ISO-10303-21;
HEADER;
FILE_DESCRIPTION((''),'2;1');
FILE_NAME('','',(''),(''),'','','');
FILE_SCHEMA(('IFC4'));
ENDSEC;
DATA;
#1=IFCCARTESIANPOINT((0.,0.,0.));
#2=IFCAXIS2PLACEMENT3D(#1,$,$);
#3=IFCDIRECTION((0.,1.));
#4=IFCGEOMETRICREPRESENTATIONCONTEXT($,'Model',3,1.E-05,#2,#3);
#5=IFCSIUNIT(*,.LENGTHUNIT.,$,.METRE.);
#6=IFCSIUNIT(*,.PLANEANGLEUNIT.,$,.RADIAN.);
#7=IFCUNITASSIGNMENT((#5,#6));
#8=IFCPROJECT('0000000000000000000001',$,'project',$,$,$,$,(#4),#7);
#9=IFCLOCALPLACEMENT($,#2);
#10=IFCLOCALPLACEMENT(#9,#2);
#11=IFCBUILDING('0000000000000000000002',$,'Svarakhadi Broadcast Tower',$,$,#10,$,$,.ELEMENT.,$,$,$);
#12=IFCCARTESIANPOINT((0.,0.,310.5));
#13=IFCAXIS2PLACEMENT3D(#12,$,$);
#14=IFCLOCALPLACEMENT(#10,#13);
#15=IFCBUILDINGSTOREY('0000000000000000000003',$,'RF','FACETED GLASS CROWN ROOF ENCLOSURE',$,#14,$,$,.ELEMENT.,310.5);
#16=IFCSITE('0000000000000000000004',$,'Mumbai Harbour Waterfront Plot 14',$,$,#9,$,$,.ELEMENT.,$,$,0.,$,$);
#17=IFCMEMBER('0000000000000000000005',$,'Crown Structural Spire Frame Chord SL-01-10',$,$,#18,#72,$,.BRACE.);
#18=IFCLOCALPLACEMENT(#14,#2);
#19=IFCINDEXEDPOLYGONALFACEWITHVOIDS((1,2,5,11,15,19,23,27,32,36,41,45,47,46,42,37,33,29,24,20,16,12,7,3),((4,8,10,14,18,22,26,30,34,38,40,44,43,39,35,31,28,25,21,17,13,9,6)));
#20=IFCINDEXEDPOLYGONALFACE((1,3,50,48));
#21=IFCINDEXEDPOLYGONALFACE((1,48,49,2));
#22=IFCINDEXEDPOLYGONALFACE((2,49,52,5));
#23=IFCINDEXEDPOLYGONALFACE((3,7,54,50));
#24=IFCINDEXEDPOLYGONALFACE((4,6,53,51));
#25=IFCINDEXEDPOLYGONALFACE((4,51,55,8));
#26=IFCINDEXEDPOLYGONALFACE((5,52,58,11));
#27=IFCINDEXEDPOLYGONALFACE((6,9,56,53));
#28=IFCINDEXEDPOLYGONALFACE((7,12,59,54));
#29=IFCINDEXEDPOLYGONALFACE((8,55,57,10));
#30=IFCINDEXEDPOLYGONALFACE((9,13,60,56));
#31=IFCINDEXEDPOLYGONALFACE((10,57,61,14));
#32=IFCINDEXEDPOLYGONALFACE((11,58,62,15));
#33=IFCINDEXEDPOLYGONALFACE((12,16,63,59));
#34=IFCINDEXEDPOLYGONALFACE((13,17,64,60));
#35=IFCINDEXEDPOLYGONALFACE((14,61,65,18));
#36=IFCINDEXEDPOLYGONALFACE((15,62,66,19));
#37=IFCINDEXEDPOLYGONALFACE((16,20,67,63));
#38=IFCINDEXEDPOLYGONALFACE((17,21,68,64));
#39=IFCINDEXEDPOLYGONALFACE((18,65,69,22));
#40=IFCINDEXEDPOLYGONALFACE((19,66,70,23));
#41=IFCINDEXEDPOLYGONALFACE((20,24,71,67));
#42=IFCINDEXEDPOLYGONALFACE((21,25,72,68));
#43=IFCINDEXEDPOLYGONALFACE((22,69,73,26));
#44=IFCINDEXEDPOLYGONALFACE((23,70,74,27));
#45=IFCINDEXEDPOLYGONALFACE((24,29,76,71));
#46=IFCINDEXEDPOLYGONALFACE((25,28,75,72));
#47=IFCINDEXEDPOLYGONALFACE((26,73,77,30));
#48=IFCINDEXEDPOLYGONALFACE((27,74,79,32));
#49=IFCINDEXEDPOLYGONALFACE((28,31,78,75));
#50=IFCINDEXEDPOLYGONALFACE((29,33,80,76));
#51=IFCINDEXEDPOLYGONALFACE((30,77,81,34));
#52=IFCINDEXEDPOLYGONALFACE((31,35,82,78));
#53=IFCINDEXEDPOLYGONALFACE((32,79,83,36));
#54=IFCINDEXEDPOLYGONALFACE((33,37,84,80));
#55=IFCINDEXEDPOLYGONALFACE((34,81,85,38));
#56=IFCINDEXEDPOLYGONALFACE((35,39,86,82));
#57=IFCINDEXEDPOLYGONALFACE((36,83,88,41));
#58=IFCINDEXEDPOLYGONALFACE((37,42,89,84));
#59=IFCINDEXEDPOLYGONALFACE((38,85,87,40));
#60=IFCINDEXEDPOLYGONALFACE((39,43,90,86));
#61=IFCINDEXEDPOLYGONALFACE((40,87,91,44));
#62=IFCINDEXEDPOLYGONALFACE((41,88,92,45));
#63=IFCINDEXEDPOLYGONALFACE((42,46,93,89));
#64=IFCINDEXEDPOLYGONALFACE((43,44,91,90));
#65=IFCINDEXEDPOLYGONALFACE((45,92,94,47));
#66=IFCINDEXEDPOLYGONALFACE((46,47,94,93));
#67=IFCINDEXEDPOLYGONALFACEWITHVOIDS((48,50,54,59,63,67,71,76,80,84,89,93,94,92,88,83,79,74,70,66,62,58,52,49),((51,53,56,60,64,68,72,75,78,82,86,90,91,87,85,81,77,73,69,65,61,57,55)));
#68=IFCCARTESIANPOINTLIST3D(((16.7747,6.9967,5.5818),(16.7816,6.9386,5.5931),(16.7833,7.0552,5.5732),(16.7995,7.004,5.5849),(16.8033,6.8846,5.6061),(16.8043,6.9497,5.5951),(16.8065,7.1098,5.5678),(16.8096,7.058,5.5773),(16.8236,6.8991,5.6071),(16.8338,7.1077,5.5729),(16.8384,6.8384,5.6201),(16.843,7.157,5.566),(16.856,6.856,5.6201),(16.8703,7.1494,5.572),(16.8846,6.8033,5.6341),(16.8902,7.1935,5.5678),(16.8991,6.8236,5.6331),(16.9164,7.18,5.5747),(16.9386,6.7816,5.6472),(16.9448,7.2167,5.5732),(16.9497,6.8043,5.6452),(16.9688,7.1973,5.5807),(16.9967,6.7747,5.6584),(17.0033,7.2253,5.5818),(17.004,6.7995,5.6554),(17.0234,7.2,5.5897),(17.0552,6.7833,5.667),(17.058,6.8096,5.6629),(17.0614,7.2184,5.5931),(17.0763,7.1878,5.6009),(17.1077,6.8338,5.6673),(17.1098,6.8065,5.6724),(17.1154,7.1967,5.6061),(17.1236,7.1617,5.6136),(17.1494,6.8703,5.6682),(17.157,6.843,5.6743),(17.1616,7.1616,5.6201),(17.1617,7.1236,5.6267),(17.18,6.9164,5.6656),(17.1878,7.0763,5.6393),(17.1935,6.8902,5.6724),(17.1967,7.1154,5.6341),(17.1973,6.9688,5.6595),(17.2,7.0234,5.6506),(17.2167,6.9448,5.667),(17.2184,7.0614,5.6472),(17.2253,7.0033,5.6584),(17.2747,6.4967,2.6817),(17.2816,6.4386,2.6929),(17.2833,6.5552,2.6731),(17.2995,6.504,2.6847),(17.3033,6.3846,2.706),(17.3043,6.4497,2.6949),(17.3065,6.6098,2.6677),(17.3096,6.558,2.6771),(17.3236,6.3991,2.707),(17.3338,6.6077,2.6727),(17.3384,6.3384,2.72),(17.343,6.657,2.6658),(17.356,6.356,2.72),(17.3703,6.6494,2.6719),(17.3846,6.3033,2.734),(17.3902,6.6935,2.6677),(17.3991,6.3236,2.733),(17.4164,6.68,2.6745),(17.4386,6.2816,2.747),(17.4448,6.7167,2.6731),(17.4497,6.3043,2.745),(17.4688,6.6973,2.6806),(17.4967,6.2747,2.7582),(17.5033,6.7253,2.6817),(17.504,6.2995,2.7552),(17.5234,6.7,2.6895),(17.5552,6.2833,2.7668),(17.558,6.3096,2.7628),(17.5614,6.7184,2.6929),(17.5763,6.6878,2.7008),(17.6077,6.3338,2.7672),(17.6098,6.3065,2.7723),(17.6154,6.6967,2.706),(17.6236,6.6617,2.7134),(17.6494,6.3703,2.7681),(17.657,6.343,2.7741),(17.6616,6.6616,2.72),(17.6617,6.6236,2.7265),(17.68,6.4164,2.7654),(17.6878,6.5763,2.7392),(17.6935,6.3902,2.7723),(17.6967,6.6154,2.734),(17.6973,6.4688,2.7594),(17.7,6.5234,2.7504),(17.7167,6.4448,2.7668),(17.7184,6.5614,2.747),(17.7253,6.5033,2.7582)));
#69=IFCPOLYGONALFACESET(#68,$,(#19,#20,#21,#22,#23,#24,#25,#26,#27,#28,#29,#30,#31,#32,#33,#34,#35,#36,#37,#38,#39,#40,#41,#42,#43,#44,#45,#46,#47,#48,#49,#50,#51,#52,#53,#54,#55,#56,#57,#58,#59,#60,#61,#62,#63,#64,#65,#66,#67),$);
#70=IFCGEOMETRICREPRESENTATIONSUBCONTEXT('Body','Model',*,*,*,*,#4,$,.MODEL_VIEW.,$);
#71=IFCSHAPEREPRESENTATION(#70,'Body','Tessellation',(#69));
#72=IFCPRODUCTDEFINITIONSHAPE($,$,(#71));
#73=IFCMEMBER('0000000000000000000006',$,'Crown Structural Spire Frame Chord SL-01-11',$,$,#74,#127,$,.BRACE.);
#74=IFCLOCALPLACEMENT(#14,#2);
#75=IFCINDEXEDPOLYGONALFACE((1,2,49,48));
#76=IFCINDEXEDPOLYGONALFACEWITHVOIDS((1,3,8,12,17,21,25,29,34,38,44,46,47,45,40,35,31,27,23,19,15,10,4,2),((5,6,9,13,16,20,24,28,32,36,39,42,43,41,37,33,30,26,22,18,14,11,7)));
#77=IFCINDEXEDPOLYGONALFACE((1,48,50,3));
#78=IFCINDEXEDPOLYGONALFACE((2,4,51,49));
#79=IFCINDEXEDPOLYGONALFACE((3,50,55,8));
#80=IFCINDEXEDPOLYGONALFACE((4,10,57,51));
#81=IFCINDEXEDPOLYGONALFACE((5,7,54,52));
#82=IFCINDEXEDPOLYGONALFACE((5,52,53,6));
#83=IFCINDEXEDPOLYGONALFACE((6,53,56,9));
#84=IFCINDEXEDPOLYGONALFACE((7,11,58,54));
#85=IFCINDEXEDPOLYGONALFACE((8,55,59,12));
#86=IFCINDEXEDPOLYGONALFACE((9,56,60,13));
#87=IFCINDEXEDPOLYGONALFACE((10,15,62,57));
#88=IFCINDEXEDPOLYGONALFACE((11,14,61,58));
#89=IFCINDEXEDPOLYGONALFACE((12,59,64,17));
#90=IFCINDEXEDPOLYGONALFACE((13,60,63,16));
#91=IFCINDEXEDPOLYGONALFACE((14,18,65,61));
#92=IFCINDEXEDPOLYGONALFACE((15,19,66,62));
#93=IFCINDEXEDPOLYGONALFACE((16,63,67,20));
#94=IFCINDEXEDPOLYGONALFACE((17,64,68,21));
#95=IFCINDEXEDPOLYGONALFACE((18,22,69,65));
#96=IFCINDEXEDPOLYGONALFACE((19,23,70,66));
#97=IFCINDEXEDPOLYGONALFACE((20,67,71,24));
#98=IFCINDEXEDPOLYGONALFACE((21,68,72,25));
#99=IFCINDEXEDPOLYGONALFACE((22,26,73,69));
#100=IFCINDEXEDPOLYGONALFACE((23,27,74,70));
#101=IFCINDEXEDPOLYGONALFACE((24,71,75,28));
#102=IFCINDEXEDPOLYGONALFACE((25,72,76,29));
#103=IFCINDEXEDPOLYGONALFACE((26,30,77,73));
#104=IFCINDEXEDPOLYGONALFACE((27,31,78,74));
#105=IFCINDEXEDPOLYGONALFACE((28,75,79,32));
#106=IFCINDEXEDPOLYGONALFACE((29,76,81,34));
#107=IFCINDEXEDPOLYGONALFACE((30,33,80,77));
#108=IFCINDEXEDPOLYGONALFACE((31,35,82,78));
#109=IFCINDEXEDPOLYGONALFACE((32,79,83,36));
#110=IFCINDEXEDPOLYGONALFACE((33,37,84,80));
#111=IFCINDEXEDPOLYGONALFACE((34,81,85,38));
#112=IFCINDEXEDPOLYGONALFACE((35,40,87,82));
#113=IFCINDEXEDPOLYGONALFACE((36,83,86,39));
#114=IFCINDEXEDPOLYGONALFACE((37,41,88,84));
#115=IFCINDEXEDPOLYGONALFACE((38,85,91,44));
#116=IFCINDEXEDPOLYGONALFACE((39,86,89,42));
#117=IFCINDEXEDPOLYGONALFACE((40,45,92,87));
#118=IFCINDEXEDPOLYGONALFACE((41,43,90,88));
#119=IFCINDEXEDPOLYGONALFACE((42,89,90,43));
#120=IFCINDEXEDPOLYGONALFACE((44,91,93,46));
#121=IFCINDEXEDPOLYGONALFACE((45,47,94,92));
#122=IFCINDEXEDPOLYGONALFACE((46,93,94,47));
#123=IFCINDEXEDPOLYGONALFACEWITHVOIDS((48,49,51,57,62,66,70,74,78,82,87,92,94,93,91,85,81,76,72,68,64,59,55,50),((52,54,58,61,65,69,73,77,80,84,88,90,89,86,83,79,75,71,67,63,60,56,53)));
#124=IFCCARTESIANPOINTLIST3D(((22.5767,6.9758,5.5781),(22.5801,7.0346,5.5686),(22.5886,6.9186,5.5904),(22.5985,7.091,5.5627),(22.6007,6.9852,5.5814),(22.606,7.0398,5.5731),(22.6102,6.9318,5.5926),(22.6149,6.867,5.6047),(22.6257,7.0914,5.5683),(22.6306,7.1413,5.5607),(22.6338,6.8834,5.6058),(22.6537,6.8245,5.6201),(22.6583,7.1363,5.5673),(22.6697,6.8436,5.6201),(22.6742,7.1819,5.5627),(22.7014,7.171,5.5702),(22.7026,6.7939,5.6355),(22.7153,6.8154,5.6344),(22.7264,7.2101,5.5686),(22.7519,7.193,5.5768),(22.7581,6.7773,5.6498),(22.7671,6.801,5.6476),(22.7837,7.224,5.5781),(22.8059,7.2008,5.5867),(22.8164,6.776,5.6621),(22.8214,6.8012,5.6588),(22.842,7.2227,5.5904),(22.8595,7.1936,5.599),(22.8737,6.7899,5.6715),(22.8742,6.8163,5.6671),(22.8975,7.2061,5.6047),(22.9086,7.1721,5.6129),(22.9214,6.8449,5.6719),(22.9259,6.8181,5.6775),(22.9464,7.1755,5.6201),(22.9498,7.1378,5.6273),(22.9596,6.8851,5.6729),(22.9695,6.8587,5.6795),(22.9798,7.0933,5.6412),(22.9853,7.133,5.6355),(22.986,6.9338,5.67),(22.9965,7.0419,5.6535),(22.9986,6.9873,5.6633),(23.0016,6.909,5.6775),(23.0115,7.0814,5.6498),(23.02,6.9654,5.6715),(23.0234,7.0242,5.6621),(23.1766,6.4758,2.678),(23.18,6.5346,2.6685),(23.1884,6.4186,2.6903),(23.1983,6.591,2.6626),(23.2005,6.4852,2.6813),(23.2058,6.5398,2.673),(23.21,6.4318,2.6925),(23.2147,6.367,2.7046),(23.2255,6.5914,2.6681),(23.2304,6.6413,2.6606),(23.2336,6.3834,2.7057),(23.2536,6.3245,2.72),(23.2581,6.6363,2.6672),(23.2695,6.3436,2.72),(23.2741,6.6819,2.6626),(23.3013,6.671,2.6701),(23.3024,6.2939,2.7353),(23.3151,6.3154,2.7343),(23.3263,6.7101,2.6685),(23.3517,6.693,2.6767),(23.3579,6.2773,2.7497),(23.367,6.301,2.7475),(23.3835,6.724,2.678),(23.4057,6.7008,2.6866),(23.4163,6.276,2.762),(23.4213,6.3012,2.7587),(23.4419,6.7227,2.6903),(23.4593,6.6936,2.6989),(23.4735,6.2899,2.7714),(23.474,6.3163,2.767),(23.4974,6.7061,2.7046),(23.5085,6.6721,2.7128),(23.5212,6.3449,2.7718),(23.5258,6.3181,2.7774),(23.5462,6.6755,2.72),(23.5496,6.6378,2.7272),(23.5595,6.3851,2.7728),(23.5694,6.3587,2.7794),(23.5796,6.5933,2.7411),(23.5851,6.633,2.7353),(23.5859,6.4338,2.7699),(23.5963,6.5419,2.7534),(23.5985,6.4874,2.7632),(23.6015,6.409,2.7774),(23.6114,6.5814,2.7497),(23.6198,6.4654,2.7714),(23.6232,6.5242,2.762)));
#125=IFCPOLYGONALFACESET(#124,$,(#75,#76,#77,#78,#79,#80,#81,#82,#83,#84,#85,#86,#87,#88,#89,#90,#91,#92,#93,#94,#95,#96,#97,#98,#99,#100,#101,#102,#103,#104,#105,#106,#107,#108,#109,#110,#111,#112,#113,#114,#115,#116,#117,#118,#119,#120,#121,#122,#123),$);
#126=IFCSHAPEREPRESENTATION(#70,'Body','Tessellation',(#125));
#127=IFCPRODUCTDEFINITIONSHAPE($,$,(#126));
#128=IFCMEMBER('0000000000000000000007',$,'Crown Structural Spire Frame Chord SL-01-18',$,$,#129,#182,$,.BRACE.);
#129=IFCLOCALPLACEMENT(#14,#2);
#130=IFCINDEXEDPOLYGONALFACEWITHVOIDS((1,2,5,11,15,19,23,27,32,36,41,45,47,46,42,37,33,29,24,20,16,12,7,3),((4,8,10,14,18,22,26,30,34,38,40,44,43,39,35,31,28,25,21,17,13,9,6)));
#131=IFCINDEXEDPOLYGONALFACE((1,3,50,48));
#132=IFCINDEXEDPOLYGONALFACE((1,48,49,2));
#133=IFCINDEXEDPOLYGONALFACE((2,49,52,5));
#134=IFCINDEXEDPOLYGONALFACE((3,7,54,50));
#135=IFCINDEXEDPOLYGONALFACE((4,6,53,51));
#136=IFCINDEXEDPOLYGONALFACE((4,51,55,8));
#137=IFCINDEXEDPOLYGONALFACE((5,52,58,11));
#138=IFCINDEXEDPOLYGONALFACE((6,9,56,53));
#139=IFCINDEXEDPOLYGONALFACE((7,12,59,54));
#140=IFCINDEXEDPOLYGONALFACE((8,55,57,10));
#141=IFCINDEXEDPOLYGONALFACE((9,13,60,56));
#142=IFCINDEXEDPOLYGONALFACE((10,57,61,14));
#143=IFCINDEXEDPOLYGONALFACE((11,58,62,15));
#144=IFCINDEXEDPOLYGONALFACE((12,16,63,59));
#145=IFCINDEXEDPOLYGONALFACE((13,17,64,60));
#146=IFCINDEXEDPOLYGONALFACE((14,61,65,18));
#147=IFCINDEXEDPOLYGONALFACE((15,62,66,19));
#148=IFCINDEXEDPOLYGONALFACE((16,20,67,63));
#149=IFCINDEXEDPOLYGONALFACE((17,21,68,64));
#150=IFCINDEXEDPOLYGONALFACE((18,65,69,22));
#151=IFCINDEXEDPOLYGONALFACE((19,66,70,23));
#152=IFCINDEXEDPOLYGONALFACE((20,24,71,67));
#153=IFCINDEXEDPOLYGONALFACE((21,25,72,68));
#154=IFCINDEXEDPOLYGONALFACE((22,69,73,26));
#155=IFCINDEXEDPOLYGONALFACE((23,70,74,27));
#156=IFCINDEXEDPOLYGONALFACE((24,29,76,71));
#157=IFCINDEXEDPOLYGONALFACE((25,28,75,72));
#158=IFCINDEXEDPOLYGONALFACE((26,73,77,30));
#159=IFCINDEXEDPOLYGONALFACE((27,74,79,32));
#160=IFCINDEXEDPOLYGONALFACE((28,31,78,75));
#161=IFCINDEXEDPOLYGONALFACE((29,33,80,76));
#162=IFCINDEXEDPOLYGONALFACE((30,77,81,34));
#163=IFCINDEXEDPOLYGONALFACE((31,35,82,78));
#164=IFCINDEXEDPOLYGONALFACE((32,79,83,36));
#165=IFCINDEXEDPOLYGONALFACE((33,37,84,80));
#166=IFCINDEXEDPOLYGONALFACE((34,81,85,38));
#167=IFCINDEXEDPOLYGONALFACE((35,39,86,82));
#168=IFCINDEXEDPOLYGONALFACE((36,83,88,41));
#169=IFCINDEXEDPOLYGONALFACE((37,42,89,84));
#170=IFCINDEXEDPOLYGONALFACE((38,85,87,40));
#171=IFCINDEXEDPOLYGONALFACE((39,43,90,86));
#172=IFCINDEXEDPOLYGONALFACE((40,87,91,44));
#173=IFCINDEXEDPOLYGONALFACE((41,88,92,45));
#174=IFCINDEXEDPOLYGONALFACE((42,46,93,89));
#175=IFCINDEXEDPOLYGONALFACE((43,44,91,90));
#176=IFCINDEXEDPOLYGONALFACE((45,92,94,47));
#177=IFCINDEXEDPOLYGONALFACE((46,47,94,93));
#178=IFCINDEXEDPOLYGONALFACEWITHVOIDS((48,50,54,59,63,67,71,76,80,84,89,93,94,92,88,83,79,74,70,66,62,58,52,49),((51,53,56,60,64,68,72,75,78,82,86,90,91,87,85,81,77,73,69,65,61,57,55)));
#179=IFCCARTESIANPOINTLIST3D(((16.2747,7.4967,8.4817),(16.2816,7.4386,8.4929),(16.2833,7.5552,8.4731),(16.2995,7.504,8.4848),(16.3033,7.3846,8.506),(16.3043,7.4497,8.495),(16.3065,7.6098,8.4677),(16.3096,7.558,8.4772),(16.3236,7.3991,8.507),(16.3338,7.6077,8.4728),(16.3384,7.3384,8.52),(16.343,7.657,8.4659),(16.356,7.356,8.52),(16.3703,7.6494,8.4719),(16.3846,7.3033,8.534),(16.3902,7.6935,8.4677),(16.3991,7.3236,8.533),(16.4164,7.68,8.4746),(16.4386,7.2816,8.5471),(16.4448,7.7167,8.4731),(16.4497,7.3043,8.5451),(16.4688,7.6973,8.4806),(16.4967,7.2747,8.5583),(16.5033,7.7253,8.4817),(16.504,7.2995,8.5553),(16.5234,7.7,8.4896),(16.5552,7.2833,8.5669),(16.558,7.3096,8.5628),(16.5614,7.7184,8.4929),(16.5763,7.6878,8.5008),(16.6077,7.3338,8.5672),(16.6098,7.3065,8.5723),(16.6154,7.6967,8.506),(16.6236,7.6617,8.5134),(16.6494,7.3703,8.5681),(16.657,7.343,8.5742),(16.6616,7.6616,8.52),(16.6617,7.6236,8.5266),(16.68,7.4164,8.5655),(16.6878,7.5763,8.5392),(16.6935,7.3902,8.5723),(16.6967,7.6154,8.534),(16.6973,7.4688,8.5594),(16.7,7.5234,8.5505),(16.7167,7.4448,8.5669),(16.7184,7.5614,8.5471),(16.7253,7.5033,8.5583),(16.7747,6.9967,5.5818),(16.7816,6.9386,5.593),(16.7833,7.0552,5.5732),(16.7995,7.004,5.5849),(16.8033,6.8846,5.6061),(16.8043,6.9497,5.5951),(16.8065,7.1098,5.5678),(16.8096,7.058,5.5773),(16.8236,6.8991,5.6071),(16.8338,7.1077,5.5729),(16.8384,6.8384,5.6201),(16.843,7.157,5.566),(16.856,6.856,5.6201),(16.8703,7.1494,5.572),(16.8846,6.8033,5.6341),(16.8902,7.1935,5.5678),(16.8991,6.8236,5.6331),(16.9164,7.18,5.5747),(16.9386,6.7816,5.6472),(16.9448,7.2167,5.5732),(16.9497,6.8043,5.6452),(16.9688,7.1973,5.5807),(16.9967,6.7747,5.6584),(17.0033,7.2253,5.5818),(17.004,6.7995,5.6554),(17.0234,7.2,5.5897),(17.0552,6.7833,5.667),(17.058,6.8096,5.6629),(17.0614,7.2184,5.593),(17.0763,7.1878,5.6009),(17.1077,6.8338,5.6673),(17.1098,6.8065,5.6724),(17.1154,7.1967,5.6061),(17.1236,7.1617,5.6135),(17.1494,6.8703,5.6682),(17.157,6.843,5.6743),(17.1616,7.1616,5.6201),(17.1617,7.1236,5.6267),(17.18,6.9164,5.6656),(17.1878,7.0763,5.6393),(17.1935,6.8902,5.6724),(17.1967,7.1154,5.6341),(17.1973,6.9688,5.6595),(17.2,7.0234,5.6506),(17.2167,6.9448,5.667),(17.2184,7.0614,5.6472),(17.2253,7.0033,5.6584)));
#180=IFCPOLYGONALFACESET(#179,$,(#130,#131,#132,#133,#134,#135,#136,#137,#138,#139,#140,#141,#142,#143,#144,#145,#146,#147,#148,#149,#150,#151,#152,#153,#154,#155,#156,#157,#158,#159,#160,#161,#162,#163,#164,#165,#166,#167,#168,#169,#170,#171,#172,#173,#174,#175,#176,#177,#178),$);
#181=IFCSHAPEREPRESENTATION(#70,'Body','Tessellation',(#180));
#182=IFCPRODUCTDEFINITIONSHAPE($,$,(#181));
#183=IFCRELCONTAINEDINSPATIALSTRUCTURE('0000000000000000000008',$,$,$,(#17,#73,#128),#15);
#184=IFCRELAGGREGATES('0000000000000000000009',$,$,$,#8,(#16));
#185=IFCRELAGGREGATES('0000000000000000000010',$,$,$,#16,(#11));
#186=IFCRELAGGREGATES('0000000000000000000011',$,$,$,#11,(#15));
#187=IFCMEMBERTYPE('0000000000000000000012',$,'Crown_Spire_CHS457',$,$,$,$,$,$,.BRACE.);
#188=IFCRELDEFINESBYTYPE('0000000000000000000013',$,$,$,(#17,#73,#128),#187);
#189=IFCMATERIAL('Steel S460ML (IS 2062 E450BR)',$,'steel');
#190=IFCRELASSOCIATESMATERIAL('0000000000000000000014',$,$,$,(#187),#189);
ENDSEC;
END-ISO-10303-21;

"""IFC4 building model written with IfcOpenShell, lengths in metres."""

from ifc_helpers import new_model, si_unit, direction, frame, origin, origin_2d, place, context, subcontext, project, spatial, hollow_circle, extrude, material, material_profile, profile_set, type_object, element, save


model = new_model("IFC4")

# Units and contexts
model_context = context("Model", 3, precision=1e-05, world=origin(), true_north=direction((0.0, 1.0)))
body_context = subcontext(model_context, "Body", "Model", "MODEL_VIEW")
ifc_project = project(units=[si_unit("LENGTHUNIT", "METRE"), si_unit("PLANEANGLEUNIT", "RADIAN")], contexts=[model_context])

# Site, building, storey
site_placement = place(None, origin())
site = spatial("IfcSite", under=ifc_project, at=site_placement, Name="Mumbai Harbour Waterfront Plot 14", CompositionType="ELEMENT", RefElevation=0.0)
building_placement = place(site_placement, origin())
building = spatial("IfcBuilding", under=site, at=building_placement, Name="Svarakhadi Broadcast Tower", CompositionType="ELEMENT")
storey_placement = place(building_placement, frame((0.0, 0.0, 310.5)))
storey = spatial("IfcBuildingStorey", under=building, at=storey_placement, Name="RF", Description="FACETED GLASS CROWN ROOF ENCLOSURE", CompositionType="ELEMENT", Elevation=310.5)

# Members
ifc_material_1 = material(Name="Steel S460ML (IS 2062 E450BR)", Category="steel")
ifc_material_profile_1 = material_profile(ifc_material_1, hollow_circle(Radius=0.2285, WallThickness=0.0249, at=origin_2d()), Name="CHS 457x25")
ifc_profile_set_1 = profile_set([ifc_material_profile_1], Name="Steel S460ML (IS 2062 E450BR)")
member_type_1 = type_object("IfcMemberType", Name="Crown_Spire_CHS457", PredefinedType="BRACE", material=ifc_profile_set_1)
member_1_placement = place(storey_placement, frame((17.5, 6.5, 2.72), z_axis=(-0.167498, 0.167498, 0.971539), x_axis=(-0.707107, -0.707107, 0.0)))
element("IfcMember", 1, at=member_1_placement, inside=storey, type_object=member_type_1, Name="Crown Structural Spire Frame Chord SL-01-10", PredefinedType="BRACE", context=body_context, shape_type="SweptSolid", body=[
    extrude(hollow_circle(Radius=0.2285, WallThickness=0.0249, at=origin_2d()), origin(), (0.0, 0.0, 1.0), 2.9851),
])
member_2_placement = place(storey_placement, frame((23.3999, 6.5, 2.72), z_axis=(-0.199722, 0.166476, 0.965607), x_axis=(-0.640277, -0.768144, 0.0)))
element("IfcMember", 2, at=member_2_placement, inside=storey, type_object=member_type_1, Name="Crown Structural Spire Frame Chord SL-01-11", PredefinedType="BRACE", context=body_context, shape_type="SweptSolid", body=[
    extrude(hollow_circle(Radius=0.2285, WallThickness=0.0249, at=origin_2d()), origin(), (0.0, 0.0, 1.0), 3.0034),
])
member_3_placement = place(storey_placement, frame((17.0, 7.0, 5.6201), z_axis=(-0.167512, 0.167512, 0.971535), x_axis=(-0.707107, -0.707107, 0.0)))
element("IfcMember", 3, at=member_3_placement, inside=storey, type_object=member_type_1, Name="Crown Structural Spire Frame Chord SL-01-18", PredefinedType="BRACE", context=body_context, shape_type="SweptSolid", body=[
    extrude(hollow_circle(Radius=0.2285, WallThickness=0.0249, at=origin_2d()), origin(), (0.0, 0.0, 1.0), 2.9849),
])

save(model, "model.ifc")
